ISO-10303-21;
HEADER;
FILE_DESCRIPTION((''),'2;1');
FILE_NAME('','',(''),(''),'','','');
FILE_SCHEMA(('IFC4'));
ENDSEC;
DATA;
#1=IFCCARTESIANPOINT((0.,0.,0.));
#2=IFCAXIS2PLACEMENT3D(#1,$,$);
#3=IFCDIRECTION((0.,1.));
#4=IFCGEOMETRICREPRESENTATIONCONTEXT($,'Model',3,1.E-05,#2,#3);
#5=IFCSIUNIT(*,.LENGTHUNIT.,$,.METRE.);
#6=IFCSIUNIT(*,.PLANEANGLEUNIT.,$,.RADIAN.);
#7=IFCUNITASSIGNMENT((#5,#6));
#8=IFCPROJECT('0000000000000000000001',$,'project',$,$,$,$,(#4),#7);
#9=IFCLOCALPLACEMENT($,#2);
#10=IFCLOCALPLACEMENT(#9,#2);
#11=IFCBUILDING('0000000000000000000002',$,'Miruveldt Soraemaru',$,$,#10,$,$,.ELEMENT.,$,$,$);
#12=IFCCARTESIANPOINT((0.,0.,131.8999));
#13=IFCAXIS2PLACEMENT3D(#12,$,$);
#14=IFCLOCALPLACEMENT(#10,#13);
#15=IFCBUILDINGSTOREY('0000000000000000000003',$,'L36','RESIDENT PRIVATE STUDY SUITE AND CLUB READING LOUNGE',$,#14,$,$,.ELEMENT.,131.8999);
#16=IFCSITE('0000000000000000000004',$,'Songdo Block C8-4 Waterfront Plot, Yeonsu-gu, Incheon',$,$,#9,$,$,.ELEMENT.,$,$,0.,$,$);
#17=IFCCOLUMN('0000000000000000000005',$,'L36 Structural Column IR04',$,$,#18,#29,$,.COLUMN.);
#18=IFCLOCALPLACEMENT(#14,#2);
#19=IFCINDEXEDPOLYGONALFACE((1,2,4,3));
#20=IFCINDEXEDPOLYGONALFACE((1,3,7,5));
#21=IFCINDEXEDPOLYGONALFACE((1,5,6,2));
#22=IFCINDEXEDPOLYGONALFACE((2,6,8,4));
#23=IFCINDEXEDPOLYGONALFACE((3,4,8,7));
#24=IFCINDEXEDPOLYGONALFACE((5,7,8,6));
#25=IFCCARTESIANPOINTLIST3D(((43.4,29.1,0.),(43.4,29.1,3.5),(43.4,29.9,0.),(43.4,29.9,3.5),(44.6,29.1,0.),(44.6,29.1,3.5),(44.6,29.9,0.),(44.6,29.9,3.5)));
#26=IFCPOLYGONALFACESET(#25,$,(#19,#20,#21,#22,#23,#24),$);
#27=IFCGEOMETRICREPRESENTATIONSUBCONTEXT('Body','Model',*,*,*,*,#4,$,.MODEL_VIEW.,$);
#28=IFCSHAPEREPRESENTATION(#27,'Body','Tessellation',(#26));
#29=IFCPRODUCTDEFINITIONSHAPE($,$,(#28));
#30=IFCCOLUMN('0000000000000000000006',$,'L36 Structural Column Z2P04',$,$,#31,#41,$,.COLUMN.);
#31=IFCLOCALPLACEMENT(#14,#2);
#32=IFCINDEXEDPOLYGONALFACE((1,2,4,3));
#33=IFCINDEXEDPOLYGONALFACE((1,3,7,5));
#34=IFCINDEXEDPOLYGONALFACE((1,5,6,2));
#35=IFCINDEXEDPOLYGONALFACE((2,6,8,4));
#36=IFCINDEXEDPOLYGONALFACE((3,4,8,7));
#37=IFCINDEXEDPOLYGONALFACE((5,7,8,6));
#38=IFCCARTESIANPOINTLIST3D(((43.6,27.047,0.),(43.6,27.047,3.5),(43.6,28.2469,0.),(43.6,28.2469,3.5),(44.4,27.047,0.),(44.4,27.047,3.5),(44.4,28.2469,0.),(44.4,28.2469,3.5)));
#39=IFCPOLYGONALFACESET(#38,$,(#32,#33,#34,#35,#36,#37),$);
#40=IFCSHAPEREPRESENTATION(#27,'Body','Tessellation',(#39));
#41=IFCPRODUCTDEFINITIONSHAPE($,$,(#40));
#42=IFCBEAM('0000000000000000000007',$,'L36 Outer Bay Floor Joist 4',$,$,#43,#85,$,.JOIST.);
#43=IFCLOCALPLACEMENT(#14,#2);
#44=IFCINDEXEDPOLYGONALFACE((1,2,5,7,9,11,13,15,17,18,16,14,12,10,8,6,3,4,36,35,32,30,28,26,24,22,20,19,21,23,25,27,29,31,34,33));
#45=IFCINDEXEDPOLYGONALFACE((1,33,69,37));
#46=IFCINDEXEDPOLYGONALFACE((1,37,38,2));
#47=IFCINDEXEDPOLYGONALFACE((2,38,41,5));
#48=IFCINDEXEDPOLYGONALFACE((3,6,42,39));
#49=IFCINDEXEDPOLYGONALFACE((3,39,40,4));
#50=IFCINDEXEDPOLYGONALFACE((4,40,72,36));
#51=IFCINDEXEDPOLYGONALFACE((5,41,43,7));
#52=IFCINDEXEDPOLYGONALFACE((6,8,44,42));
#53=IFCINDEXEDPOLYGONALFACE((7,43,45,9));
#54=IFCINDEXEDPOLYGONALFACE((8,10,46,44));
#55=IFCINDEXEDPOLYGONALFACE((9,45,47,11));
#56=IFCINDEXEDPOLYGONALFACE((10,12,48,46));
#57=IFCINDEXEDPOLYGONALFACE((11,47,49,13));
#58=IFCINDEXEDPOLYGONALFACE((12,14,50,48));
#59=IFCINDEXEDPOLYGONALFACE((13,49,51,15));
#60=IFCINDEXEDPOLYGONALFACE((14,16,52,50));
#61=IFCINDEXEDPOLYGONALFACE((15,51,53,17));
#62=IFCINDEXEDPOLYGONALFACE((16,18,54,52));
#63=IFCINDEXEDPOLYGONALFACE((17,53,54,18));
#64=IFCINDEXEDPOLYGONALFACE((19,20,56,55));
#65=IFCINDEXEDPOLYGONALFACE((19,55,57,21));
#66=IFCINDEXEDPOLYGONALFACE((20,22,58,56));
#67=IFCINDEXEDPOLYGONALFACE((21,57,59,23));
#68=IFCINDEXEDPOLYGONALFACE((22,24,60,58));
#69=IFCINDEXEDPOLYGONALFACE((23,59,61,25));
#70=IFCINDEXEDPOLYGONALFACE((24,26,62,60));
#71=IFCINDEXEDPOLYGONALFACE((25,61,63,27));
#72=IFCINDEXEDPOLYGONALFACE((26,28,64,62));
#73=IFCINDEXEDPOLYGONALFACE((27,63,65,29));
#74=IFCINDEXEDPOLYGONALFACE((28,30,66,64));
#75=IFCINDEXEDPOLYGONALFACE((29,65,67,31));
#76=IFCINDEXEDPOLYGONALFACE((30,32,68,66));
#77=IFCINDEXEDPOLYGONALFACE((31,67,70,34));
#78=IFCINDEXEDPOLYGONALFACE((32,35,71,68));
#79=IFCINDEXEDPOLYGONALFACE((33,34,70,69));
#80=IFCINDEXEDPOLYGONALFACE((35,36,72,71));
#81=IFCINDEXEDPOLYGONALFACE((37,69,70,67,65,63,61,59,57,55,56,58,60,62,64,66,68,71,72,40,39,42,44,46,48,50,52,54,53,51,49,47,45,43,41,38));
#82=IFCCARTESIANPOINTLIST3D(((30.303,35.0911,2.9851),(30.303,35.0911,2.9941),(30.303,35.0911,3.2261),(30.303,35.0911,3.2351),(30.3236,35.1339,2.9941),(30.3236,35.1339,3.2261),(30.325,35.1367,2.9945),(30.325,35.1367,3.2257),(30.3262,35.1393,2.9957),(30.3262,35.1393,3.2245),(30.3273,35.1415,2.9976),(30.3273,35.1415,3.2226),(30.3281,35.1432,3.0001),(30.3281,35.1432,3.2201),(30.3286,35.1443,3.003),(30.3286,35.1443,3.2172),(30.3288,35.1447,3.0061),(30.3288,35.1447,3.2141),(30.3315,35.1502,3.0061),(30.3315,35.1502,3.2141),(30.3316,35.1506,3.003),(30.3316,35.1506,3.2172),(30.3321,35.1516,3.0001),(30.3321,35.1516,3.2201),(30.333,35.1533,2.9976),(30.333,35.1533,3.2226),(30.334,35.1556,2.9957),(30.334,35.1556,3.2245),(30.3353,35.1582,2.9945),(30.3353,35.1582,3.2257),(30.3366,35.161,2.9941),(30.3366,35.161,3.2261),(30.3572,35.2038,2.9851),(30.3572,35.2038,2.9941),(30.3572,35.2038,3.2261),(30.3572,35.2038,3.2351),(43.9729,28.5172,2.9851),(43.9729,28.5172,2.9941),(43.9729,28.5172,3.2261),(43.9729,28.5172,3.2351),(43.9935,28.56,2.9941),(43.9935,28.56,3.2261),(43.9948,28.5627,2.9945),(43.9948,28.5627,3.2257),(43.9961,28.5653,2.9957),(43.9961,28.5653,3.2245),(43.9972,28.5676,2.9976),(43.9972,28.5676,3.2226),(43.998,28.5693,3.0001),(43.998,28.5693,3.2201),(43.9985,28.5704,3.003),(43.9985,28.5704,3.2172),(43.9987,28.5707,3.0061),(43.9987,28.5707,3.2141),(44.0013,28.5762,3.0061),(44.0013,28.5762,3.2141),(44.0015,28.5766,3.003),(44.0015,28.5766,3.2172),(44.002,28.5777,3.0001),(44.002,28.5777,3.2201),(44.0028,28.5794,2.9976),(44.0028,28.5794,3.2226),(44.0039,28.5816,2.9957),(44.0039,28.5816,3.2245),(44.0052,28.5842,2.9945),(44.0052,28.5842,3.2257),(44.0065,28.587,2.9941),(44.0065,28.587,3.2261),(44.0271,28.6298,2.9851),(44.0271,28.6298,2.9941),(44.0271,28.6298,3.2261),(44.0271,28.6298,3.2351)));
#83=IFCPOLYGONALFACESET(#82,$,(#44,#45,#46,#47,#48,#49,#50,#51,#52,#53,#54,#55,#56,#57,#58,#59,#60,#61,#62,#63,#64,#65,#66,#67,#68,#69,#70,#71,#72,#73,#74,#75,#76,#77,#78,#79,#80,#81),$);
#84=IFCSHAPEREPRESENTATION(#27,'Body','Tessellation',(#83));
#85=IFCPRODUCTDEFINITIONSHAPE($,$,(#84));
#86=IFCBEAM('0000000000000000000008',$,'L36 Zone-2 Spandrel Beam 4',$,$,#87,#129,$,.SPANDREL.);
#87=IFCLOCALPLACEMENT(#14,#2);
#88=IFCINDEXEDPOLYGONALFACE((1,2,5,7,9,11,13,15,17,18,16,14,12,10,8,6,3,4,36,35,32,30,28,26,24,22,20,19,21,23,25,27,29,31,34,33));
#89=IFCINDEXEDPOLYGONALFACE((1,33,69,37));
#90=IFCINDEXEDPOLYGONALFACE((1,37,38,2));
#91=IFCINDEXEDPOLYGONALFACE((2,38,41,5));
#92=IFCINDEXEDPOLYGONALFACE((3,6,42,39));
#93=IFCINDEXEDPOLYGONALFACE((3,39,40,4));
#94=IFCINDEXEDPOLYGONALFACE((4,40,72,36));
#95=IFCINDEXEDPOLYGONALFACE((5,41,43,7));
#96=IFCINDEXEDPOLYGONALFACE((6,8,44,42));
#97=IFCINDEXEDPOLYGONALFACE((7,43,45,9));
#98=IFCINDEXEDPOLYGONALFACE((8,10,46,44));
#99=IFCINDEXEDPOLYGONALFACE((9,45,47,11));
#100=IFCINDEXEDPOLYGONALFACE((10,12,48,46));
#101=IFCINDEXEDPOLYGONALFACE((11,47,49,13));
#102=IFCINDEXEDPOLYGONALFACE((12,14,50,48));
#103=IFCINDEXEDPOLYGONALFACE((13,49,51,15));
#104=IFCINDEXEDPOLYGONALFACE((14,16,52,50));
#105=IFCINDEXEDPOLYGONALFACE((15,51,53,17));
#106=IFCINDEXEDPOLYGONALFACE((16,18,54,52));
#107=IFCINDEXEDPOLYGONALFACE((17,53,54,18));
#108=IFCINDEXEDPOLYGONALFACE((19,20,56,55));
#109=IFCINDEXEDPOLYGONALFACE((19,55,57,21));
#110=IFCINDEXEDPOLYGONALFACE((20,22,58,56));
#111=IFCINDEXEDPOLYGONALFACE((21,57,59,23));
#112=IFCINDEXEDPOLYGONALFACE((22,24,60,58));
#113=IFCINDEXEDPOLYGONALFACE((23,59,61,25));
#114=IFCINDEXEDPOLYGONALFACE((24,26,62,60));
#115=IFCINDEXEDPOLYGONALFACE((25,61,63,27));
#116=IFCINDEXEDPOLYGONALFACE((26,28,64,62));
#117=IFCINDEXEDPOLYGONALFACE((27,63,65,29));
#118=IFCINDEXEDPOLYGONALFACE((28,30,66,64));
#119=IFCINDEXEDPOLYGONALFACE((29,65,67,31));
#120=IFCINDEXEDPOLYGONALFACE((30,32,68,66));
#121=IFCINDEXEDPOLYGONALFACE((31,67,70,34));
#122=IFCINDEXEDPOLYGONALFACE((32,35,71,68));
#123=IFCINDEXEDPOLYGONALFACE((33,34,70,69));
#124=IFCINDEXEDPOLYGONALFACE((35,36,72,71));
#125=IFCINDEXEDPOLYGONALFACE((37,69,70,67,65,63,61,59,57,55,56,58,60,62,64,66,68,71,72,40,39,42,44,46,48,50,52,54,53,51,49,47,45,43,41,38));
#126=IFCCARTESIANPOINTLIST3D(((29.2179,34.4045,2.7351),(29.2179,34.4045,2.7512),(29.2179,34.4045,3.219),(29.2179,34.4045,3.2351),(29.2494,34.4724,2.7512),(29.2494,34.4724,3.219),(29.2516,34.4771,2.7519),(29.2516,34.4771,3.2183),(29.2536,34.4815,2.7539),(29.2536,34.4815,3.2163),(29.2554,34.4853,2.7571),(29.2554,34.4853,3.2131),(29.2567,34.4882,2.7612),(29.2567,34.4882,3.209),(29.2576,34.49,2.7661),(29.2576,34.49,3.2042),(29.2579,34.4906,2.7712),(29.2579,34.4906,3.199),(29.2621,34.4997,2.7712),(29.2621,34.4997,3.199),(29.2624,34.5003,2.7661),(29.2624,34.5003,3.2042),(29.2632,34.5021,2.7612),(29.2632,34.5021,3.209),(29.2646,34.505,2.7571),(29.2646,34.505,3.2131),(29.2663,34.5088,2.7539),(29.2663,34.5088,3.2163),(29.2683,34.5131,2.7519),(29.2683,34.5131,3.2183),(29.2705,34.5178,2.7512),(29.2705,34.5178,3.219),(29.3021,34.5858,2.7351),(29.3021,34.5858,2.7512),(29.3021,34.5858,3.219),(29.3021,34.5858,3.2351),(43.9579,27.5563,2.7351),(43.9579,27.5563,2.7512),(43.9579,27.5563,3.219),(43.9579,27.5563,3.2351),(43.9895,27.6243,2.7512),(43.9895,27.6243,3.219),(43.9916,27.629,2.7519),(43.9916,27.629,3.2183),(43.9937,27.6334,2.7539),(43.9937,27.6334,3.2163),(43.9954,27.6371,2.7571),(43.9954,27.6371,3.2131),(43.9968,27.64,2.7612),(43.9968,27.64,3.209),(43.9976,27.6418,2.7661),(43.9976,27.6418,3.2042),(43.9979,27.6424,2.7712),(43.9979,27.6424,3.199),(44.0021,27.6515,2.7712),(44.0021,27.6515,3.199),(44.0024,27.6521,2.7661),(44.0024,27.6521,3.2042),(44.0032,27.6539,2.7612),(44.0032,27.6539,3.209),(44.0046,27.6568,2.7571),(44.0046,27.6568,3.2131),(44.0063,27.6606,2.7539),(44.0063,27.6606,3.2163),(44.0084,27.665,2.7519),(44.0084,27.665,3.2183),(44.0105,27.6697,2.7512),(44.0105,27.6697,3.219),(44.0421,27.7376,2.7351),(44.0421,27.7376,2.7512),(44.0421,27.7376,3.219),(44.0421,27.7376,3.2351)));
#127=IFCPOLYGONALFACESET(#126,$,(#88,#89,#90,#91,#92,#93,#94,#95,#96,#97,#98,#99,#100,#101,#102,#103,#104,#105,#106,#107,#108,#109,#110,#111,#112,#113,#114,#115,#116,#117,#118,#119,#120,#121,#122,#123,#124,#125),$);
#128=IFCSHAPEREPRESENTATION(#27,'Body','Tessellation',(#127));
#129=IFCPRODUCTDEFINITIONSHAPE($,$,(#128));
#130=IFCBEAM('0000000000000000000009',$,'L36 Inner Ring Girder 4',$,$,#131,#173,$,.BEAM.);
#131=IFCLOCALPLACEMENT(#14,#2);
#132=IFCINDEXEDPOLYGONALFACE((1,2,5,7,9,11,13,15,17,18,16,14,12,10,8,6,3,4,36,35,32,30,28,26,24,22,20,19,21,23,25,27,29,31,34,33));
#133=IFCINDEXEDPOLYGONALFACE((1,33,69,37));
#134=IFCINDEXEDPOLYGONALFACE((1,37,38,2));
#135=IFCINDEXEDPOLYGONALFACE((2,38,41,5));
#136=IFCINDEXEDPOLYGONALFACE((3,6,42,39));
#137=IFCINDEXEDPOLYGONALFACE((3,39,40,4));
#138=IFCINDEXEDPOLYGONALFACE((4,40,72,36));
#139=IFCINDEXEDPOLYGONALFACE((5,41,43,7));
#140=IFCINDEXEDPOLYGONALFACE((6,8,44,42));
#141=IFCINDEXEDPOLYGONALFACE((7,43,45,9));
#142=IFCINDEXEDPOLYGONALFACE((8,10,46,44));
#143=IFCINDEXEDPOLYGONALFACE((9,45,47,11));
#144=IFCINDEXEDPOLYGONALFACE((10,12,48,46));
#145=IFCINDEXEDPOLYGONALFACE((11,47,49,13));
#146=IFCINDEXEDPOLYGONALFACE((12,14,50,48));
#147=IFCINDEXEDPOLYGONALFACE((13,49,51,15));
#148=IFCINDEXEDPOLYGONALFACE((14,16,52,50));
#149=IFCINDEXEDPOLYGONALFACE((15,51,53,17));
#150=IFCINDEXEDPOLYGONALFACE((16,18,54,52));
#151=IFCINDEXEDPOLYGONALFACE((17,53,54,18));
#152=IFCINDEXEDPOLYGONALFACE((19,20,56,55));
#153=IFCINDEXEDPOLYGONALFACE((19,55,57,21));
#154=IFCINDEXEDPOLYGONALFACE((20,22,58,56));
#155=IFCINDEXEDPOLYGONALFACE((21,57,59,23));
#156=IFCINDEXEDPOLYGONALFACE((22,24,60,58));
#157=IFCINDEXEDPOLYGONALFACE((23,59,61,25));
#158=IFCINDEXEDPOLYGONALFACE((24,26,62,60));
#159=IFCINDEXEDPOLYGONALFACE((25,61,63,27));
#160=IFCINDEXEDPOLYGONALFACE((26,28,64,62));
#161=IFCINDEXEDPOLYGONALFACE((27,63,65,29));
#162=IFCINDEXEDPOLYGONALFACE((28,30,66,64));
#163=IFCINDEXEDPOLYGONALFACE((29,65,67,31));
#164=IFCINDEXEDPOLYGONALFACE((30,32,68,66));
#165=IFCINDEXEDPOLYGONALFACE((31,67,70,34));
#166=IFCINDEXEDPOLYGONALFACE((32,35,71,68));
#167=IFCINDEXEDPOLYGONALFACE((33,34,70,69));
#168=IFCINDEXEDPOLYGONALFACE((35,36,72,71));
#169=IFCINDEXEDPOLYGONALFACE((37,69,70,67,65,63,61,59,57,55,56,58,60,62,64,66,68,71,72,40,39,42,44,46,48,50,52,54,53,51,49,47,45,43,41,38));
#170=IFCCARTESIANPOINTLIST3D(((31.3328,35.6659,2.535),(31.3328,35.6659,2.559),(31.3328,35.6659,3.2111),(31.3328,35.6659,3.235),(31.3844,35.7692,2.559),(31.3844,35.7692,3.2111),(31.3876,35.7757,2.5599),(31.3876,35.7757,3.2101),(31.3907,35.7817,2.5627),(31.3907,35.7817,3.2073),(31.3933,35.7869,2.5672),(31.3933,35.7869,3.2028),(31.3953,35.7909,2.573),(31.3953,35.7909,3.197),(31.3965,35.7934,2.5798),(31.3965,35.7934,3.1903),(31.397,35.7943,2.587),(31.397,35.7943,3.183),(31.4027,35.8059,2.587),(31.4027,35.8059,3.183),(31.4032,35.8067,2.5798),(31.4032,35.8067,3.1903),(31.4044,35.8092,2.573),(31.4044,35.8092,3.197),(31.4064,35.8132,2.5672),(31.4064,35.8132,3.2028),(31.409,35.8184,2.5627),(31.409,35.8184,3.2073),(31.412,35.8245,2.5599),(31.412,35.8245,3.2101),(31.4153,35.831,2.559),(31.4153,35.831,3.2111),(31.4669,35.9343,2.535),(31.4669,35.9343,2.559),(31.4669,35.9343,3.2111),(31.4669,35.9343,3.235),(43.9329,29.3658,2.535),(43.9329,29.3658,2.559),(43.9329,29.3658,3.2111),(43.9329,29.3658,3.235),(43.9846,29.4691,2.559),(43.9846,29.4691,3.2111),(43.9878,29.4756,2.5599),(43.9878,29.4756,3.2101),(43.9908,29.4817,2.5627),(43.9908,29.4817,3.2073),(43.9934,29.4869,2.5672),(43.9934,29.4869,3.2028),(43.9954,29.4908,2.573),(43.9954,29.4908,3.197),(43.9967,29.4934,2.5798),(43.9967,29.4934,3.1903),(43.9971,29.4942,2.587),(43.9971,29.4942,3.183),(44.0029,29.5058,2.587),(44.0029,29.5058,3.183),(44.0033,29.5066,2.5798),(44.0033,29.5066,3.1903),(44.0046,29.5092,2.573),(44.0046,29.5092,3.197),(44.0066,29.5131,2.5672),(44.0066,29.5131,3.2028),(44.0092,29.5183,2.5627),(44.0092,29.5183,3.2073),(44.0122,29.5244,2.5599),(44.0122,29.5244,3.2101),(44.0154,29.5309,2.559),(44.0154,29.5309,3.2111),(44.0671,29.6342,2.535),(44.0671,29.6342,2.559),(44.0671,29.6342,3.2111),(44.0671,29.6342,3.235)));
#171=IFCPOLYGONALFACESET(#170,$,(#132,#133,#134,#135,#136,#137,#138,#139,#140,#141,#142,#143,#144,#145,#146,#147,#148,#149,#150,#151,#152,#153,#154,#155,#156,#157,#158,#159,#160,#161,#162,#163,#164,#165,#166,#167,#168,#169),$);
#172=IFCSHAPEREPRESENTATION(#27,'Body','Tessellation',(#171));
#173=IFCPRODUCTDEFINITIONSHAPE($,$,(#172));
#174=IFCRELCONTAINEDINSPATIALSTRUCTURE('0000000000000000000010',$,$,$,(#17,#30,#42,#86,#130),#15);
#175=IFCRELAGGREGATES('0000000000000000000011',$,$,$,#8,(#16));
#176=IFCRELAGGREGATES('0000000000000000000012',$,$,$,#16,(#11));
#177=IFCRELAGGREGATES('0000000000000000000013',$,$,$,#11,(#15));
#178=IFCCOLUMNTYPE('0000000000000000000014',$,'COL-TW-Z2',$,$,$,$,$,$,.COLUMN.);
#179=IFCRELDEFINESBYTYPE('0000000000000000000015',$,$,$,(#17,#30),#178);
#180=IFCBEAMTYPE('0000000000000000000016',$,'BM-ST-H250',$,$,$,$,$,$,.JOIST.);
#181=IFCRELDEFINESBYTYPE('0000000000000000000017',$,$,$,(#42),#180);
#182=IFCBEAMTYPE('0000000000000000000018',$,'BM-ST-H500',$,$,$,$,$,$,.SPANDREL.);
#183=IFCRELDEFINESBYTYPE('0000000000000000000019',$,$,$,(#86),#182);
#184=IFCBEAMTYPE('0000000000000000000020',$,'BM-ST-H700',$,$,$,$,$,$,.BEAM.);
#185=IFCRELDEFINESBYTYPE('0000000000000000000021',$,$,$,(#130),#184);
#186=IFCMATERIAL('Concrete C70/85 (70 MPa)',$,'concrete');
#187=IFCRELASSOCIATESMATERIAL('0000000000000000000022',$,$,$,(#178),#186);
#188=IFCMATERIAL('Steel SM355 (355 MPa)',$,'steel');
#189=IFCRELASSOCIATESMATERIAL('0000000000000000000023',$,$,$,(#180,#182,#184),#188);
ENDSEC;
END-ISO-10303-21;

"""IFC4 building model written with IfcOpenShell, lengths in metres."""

from ifc_helpers import new_model, si_unit, direction, frame, origin, origin_2d, place, context, subcontext, project, spatial, rectangle, i_section, extrude, material, material_profile, profile_set, type_object, element, save


model = new_model("IFC4")

# Units and contexts
model_context = context("Model", 3, precision=1e-05, world=origin(), true_north=direction((0.0, 1.0)))
body_context = subcontext(model_context, "Body", "Model", "MODEL_VIEW")
ifc_project = project(units=[si_unit("LENGTHUNIT", "METRE"), si_unit("PLANEANGLEUNIT", "RADIAN")], contexts=[model_context])

# Site, building, storey
site_placement = place(None, origin())
site = spatial("IfcSite", under=ifc_project, at=site_placement, Name="Songdo Block C8-4 Waterfront Plot, Yeonsu-gu, Incheon", CompositionType="ELEMENT", RefElevation=0.0)
building_placement = place(site_placement, origin())
building = spatial("IfcBuilding", under=site, at=building_placement, Name="Miruveldt Soraemaru", CompositionType="ELEMENT")
storey_placement = place(building_placement, frame((0.0, 0.0, 131.8999)))
storey = spatial("IfcBuildingStorey", under=building, at=storey_placement, Name="L36", Description="RESIDENT PRIVATE STUDY SUITE AND CLUB READING LOUNGE", CompositionType="ELEMENT", Elevation=131.8999)

# Columns
ifc_material_1 = material(Name="Concrete C70/85 (70 MPa)", Category="concrete")
ifc_material_profile_1 = material_profile(ifc_material_1, rectangle(XDim=1.2, YDim=0.8, at=origin_2d()), Name="Concrete C70/85 (70 MPa)", Category="concrete")
ifc_profile_set_1 = profile_set([ifc_material_profile_1], Name="Concrete C70/85 (70 MPa)")
column_type = type_object("IfcColumnType", Name="COL-TW-Z2", PredefinedType="COLUMN", material=ifc_profile_set_1)
for number, where, z_axis, x_axis, name in (
    (1, (44.0, 29.5, 0.0), (0.0, 0.0, 1.0), (1.0, 0.0, 0.0), "L36 Structural Column IR04"),
    (2, (44.0, 27.647, 0.0), (0.0, 0.0, 1.0), (0.0, 1.0, 0.0), "L36 Structural Column Z2P04"),
):
    element("IfcColumn", number, at=place(storey_placement, frame(where, z_axis=z_axis, x_axis=x_axis)), inside=storey, type_object=column_type, Name=name, PredefinedType="COLUMN", context=body_context, shape_type="SweptSolid", body=[
        extrude(rectangle(XDim=1.2, YDim=0.8, at=origin_2d()), origin(), (0.0, 0.0, 1.0), 3.5),
    ])

# Beams
ifc_material_2 = material(Name="Steel SM355 (355 MPa)", Category="steel")
ifc_material_profile_2 = material_profile(ifc_material_2, i_section(OverallWidth=0.125, OverallDepth=0.25, WebThickness=0.0061, FlangeThickness=0.009, FilletRadius=0.012, at=origin_2d()), Name="Steel SM355 (355 MPa)", Category="steel")
ifc_profile_set_2 = profile_set([ifc_material_profile_2], Name="Steel SM355 (355 MPa)")
beam_type_1 = type_object("IfcBeamType", Name="BM-ST-H250", PredefinedType="JOIST", material=ifc_profile_set_2)
beam_1_placement = place(storey_placement, frame((44.0, 28.5735, 3.1101), z_axis=(-0.901204, 0.433396, 0.0), x_axis=(-0.433396, -0.901204, 0.0)))
element("IfcBeam", 3, at=beam_1_placement, inside=storey, type_object=beam_type_1, Name="L36 Outer Bay Floor Joist 4", PredefinedType="JOIST", context=body_context, shape_type="SweptSolid", body=[
    extrude(i_section(OverallWidth=0.125, OverallDepth=0.25, WebThickness=0.0061, FlangeThickness=0.009, FilletRadius=0.012, at=origin_2d()), origin(), (0.0, 0.0, 1.0), 15.1685),
])
ifc_material_profile_3 = material_profile(ifc_material_2, i_section(OverallWidth=0.2, OverallDepth=0.5, WebThickness=0.01, FlangeThickness=0.0161, FilletRadius=0.02, at=origin_2d()), Name="Steel SM355 (355 MPa)", Category="steel")
ifc_profile_set_3 = profile_set([ifc_material_profile_3], Name="Steel SM355 (355 MPa)")
beam_type_2 = type_object("IfcBeamType", Name="BM-ST-H500", PredefinedType="SPANDREL", material=ifc_profile_set_3)
beam_2_placement = place(storey_placement, frame((44.0, 27.647, 2.9851), z_axis=(-0.906901, 0.421343, 0.0), x_axis=(-0.421343, -0.906901, 0.0)))
element("IfcBeam", 4, at=beam_2_placement, inside=storey, type_object=beam_type_2, Name="L36 Zone-2 Spandrel Beam 4", PredefinedType="SPANDREL", context=body_context, shape_type="SweptSolid", body=[
    extrude(i_section(OverallWidth=0.2, OverallDepth=0.5, WebThickness=0.01, FlangeThickness=0.0161, FilletRadius=0.02, at=origin_2d()), origin(), (0.0, 0.0, 1.0), 16.2532),
])
ifc_material_profile_4 = material_profile(ifc_material_2, i_section(OverallWidth=0.3, OverallDepth=0.7, WebThickness=0.0129, FlangeThickness=0.0239, FilletRadius=0.0281, at=origin_2d()), Name="Steel SM355 (355 MPa)", Category="steel")
ifc_profile_set_4 = profile_set([ifc_material_profile_4], Name="Steel SM355 (355 MPa)")
beam_type_3 = type_object("IfcBeamType", Name="BM-ST-H700", PredefinedType="BEAM", material=ifc_profile_set_4)
beam_3_placement = place(storey_placement, frame((44.0, 29.5, 2.885), z_axis=(-0.894427, 0.447214, 0.0), x_axis=(-0.447214, -0.894427, 0.0)))
element("IfcBeam", 5, at=beam_3_placement, inside=storey, type_object=beam_type_3, Name="L36 Inner Ring Girder 4", PredefinedType="BEAM", context=body_context, shape_type="SweptSolid", body=[
    extrude(i_section(OverallWidth=0.3, OverallDepth=0.7, WebThickness=0.0129, FlangeThickness=0.0239, FilletRadius=0.0281, at=origin_2d()), origin(), (0.0, 0.0, 1.0), 14.0874),
])

save(model, "model.ifc")
